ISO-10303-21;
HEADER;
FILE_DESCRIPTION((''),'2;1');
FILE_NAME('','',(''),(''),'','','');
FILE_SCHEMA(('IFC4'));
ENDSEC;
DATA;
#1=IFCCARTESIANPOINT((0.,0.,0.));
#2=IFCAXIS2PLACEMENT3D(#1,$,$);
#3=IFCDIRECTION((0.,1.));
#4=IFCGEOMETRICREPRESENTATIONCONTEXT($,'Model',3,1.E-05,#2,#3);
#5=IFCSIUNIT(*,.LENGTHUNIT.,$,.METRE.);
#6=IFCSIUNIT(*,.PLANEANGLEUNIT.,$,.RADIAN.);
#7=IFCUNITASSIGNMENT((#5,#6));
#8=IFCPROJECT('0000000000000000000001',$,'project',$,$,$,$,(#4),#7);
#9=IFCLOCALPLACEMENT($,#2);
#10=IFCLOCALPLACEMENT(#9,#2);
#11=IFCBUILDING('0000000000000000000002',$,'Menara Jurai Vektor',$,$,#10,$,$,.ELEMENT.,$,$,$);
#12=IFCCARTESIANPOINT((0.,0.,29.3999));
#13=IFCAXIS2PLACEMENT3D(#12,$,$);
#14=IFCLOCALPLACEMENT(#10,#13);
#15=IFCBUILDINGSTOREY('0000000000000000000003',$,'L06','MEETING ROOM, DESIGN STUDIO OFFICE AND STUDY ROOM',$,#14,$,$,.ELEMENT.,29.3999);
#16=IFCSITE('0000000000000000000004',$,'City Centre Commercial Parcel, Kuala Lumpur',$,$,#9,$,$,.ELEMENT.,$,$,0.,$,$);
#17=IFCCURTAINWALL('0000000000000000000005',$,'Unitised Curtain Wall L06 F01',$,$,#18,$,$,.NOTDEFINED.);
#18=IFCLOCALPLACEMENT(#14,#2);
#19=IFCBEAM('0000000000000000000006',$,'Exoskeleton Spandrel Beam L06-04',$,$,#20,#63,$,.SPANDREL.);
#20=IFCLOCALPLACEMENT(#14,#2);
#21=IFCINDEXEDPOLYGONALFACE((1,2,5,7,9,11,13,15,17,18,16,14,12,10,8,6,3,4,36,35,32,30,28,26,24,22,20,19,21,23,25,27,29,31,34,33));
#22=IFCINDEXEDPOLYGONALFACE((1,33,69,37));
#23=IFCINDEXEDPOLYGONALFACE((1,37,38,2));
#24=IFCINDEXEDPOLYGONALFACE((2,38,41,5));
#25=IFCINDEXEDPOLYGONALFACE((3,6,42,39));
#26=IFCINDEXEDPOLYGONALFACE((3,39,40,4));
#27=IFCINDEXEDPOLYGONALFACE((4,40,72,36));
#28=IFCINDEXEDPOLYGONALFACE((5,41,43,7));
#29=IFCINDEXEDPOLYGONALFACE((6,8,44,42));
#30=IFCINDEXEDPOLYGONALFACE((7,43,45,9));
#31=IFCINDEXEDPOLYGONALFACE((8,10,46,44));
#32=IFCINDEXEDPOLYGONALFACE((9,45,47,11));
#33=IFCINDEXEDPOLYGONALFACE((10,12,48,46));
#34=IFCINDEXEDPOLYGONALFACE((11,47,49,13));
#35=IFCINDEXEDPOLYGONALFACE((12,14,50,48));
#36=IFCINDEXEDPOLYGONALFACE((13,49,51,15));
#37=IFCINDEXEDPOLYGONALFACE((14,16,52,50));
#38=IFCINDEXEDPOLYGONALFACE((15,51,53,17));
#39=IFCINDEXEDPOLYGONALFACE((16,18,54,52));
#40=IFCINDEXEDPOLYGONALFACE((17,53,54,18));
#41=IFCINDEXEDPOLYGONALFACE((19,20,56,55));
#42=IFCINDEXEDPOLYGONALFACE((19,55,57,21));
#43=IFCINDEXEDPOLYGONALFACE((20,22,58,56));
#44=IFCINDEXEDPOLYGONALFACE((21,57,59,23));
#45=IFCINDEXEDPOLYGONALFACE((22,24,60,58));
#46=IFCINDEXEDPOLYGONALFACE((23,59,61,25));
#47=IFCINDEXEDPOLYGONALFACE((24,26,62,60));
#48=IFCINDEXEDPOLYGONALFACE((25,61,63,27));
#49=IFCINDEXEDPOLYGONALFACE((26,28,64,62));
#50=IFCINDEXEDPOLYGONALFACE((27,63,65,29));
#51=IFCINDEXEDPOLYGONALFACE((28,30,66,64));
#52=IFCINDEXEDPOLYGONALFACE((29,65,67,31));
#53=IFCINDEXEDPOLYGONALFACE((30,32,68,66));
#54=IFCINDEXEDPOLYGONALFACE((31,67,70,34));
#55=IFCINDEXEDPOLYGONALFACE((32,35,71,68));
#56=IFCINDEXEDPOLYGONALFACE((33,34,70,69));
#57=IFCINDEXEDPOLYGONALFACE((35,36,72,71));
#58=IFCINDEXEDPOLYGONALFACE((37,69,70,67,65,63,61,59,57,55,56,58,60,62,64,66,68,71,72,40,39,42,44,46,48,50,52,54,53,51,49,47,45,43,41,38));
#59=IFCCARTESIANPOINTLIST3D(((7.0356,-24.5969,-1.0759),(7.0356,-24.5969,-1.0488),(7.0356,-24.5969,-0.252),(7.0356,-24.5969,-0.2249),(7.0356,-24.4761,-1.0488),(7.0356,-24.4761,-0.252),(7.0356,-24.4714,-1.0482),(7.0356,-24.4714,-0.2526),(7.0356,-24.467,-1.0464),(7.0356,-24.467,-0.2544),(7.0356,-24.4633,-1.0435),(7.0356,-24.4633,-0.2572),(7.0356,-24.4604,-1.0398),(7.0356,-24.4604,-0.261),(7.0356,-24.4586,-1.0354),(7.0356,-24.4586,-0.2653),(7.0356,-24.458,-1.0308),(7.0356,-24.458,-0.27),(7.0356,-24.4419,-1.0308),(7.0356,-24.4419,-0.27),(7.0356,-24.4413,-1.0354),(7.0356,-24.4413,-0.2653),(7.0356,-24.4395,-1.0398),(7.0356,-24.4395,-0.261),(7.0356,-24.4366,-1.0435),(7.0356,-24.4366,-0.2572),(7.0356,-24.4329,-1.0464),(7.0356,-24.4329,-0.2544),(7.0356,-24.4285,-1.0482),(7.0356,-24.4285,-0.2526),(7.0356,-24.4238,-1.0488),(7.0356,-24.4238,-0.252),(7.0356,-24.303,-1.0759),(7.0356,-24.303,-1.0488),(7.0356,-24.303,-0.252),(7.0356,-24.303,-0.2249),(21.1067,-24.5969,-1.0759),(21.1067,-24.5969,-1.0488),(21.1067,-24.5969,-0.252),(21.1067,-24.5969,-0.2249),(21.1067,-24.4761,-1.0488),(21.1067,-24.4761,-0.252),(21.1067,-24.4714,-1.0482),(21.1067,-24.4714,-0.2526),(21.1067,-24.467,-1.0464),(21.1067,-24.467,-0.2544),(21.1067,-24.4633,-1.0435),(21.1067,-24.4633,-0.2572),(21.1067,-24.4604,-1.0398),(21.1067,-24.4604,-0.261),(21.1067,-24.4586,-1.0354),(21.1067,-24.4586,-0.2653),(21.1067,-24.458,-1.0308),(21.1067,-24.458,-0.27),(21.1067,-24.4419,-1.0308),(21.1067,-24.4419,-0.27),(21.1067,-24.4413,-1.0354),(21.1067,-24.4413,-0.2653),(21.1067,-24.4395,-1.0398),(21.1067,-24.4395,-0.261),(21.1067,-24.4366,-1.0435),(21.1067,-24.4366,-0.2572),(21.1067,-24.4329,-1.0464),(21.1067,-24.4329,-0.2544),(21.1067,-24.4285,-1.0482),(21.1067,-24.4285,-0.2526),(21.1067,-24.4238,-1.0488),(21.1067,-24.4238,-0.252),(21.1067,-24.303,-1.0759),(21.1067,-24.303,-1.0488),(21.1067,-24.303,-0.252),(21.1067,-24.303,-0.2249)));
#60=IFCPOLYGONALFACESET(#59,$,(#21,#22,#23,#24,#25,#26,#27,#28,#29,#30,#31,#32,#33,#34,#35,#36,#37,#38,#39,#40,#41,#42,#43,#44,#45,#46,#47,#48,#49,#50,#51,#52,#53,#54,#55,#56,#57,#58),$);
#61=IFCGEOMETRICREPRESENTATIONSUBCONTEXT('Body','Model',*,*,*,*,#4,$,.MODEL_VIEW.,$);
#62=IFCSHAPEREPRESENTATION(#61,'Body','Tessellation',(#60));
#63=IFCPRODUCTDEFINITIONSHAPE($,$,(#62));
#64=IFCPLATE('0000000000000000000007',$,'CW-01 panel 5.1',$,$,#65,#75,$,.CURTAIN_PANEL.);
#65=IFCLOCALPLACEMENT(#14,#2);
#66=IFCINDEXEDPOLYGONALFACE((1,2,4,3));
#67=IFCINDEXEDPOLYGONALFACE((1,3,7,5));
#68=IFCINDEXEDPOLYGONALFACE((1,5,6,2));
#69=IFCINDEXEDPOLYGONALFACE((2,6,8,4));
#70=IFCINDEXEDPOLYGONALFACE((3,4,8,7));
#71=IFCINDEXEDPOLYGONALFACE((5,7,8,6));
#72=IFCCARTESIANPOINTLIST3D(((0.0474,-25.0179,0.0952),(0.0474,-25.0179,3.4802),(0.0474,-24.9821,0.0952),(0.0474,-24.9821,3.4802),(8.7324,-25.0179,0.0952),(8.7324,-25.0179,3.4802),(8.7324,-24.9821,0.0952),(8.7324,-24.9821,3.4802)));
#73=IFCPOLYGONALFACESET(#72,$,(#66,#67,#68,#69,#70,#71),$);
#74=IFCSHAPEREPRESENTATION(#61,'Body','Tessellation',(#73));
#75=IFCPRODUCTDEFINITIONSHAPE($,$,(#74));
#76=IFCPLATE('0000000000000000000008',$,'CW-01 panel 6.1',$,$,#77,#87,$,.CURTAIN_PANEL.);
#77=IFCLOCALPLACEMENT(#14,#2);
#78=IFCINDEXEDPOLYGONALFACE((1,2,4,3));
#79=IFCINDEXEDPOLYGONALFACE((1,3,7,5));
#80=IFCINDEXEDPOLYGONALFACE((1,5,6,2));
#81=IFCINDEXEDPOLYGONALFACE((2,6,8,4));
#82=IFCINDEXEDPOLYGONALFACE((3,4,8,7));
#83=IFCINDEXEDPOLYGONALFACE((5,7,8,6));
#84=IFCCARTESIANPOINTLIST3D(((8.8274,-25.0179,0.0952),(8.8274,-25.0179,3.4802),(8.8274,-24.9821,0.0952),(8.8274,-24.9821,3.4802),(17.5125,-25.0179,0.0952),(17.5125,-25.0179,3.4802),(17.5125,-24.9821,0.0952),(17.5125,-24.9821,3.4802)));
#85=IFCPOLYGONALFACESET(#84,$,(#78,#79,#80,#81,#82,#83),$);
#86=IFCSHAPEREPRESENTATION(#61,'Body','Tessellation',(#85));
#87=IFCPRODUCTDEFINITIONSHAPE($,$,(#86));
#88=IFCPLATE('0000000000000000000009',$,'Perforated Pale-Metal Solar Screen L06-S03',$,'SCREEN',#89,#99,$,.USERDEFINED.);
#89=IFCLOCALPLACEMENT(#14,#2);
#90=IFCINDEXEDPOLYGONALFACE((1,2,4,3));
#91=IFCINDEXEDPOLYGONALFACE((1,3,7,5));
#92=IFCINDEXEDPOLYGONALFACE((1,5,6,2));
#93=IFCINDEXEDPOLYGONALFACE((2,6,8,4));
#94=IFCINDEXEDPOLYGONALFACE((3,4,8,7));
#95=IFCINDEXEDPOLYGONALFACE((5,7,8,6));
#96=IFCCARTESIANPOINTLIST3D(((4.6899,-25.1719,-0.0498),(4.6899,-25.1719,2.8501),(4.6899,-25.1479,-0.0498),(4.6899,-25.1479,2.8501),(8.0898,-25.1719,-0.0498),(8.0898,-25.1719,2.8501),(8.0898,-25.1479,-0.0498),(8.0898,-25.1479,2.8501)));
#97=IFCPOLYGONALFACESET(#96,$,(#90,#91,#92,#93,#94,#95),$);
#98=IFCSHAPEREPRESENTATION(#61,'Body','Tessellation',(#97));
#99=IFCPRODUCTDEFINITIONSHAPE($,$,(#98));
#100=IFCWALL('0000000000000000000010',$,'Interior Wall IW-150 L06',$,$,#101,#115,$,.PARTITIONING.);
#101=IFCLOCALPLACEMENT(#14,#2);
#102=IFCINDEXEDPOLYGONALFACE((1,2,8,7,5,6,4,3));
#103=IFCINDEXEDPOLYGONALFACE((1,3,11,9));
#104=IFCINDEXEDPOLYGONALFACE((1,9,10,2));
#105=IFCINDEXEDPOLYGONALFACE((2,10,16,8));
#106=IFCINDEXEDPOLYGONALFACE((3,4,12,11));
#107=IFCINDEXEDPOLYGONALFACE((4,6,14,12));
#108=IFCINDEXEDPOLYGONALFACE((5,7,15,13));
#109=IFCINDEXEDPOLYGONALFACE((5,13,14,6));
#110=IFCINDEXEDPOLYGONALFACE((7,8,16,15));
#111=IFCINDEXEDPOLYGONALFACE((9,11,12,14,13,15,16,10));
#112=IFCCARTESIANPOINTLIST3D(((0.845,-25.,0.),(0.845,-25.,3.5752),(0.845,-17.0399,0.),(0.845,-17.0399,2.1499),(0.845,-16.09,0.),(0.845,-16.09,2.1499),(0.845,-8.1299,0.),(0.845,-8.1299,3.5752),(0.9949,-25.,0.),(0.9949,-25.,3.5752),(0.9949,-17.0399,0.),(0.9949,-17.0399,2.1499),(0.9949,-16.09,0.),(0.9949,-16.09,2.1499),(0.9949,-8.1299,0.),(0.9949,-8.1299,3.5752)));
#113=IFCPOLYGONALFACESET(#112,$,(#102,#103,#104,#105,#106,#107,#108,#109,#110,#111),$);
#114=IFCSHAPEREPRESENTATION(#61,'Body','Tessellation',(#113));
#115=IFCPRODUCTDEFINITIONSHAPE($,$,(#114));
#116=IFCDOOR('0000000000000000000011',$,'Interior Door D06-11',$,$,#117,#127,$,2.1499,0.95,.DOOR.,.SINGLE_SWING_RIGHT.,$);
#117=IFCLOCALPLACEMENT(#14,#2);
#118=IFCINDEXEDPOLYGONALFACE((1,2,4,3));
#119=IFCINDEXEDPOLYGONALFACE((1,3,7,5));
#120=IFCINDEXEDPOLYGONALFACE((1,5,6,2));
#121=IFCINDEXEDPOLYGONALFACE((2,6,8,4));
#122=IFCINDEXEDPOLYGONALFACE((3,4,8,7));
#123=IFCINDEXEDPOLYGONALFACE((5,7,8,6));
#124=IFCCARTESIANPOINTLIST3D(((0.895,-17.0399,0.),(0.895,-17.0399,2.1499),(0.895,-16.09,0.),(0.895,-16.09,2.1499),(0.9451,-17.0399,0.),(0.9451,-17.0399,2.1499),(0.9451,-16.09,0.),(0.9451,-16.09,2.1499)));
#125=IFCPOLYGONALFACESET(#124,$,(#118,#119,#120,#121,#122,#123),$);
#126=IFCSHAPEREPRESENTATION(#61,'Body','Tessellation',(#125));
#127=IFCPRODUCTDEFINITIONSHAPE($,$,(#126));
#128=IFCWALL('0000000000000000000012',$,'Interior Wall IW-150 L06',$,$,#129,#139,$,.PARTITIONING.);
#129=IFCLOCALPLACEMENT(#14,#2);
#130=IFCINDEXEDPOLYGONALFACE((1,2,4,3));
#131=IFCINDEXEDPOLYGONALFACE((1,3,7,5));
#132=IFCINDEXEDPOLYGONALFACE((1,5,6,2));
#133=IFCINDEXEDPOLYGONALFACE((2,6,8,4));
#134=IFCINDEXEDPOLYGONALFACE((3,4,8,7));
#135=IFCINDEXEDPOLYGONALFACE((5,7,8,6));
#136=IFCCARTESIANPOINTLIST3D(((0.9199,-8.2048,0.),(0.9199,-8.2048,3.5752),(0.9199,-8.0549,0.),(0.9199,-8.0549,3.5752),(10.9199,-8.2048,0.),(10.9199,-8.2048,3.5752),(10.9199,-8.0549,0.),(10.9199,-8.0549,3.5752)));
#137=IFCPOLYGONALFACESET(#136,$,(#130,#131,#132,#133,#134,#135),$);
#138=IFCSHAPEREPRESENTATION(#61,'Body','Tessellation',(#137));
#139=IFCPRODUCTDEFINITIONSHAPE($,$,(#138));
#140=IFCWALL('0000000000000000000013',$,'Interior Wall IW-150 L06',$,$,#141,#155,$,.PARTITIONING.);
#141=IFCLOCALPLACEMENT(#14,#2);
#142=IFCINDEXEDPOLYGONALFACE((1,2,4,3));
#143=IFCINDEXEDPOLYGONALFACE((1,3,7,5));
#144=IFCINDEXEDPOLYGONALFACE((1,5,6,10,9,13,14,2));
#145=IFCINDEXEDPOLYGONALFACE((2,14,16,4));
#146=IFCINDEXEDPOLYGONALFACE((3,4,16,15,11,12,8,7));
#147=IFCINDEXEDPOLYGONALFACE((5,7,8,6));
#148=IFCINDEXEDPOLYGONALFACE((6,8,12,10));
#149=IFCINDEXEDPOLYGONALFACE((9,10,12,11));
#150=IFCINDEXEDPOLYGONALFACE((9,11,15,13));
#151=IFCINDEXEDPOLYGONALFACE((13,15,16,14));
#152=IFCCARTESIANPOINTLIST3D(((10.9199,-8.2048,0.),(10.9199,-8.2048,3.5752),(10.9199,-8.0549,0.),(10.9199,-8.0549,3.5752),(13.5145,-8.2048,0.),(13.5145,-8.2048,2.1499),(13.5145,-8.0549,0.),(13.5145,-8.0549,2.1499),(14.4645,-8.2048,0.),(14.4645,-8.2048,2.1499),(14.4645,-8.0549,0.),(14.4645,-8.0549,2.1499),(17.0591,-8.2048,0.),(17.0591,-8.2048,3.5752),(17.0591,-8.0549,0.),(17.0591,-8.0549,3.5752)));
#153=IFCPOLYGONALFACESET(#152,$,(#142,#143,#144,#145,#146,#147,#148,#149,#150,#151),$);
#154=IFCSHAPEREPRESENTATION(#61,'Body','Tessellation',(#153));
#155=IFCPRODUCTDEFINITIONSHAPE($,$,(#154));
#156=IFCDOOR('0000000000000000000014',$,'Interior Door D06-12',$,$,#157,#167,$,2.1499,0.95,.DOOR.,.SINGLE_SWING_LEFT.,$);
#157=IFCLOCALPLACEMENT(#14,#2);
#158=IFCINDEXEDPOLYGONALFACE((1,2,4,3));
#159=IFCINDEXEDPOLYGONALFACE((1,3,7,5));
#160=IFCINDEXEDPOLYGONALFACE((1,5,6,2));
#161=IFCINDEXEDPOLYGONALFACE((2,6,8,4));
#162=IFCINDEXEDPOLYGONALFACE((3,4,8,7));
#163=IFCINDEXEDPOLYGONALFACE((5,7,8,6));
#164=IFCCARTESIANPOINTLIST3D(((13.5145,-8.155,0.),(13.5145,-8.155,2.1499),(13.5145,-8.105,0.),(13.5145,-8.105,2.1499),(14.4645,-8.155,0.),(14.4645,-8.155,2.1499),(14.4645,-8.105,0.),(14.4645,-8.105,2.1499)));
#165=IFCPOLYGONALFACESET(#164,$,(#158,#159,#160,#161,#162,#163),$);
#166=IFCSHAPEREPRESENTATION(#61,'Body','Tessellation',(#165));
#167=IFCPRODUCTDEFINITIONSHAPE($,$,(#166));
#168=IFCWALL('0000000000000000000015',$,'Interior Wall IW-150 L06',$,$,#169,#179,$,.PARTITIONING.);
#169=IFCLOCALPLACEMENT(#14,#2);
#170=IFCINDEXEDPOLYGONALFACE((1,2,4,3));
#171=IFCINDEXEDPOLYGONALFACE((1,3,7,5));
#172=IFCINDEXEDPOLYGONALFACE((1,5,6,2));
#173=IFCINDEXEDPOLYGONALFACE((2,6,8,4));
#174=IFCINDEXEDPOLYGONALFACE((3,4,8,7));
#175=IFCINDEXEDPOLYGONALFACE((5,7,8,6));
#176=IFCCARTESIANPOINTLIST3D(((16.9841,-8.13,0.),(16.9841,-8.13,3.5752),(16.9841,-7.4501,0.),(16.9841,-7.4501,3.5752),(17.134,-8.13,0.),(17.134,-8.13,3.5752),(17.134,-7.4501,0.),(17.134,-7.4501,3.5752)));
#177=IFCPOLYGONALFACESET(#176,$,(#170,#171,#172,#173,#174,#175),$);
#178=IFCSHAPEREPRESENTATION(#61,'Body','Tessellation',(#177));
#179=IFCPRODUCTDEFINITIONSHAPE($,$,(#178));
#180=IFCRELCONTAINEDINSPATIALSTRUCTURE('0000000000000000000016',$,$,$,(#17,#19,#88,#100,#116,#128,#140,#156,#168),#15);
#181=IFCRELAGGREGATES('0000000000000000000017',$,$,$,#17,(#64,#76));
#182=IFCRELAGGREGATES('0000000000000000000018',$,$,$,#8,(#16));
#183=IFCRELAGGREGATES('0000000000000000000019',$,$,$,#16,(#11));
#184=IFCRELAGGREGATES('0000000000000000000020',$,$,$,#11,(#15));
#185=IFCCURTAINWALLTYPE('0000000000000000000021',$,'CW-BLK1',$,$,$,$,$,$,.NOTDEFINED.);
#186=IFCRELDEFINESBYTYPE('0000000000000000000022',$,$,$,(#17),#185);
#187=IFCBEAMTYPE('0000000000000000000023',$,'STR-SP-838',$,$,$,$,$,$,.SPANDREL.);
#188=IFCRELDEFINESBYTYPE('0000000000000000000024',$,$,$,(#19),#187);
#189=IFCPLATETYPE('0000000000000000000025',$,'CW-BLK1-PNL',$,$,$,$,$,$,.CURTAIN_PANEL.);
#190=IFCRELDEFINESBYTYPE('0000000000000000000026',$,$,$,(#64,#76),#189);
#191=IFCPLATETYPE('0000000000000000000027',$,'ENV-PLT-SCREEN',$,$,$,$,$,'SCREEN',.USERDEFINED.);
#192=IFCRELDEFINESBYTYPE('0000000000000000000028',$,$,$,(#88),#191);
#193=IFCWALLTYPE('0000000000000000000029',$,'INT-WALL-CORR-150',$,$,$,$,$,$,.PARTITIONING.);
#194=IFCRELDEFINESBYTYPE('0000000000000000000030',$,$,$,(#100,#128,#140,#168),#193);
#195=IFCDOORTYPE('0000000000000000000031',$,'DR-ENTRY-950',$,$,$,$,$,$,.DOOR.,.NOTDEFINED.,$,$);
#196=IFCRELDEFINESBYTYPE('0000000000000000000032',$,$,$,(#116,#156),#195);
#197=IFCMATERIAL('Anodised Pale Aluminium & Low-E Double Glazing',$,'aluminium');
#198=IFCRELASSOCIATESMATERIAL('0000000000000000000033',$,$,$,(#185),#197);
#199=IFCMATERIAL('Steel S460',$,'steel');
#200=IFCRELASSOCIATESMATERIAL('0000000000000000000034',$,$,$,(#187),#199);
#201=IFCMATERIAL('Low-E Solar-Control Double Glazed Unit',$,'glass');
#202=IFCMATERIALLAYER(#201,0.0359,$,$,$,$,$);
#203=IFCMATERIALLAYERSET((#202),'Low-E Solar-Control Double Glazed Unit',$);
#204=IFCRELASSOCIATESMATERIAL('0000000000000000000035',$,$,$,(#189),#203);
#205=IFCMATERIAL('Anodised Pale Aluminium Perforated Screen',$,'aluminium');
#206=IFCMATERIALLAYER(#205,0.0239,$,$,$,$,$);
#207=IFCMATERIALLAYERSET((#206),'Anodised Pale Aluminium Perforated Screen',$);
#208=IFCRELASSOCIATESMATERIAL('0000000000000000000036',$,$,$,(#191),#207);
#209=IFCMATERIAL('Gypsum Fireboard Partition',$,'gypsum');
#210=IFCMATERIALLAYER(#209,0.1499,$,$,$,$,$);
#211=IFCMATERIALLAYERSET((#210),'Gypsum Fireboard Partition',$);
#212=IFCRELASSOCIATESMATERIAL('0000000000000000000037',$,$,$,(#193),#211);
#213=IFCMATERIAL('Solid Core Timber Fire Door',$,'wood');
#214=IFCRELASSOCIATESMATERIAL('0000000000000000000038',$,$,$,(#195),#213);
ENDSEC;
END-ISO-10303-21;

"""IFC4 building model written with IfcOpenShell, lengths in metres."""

from ifc_helpers import new_model, si_unit, direction, frame, frame_2d, origin, origin_2d, place, context, subcontext, project, spatial, rectangle, i_section, extrude, material, layer, layer_set, material_profile, profile_set, type_object, element, fill, aggregate, save


model = new_model("IFC4")

# Units and contexts
model_context = context("Model", 3, precision=1e-05, world=origin(), true_north=direction((0.0, 1.0)))
body_context = subcontext(model_context, "Body", "Model", "MODEL_VIEW")
ifc_project = project(units=[si_unit("LENGTHUNIT", "METRE"), si_unit("PLANEANGLEUNIT", "RADIAN")], contexts=[model_context])

# Site, building, storey
site_placement = place(None, origin())
site = spatial("IfcSite", under=ifc_project, at=site_placement, Name="City Centre Commercial Parcel, Kuala Lumpur", CompositionType="ELEMENT", RefElevation=0.0)
building_placement = place(site_placement, origin())
building = spatial("IfcBuilding", under=site, at=building_placement, Name="Menara Jurai Vektor", CompositionType="ELEMENT")
storey_placement = place(building_placement, frame((0.0, 0.0, 29.3999)))
storey = spatial("IfcBuildingStorey", under=building, at=storey_placement, Name="L06", Description="MEETING ROOM, DESIGN STUDIO OFFICE AND STUDY ROOM", CompositionType="ELEMENT", Elevation=29.3999)

# Shared definitions
ifc_material_1 = material(Name="Steel S460", Category="steel")

# Curtain wall
ifc_material_2 = material(Name="Anodised Pale Aluminium & Low-E Double Glazing", Category="aluminium")
curtain_wall_type = type_object("IfcCurtainWallType", Name="CW-BLK1", PredefinedType="NOTDEFINED", material=ifc_material_2)
curtain_wall_placement = place(storey_placement, origin())
curtain_wall = element("IfcCurtainWall", 1, at=curtain_wall_placement, inside=storey, type_object=curtain_wall_type, Name="Unitised Curtain Wall L06 F01", PredefinedType="NOTDEFINED")

# Beam
ifc_material_profile_1 = material_profile(ifc_material_1, i_section(OverallWidth=0.2939, OverallDepth=0.8511, WebThickness=0.0161, FlangeThickness=0.0271, FilletRadius=0.0181, at=origin_2d()), Name="UKB 838x292x226")
ifc_profile_set_1 = profile_set([ifc_material_profile_1], Name="Steel S460")
beam_type_1 = type_object("IfcBeamType", Name="STR-SP-838", PredefinedType="SPANDREL", material=ifc_profile_set_1)
beam_1_placement = place(storey_placement, frame((7.0356, -24.45, -0.6504), z_axis=(1.0, 0.0, 0.0), x_axis=(0.0, 1.0, 0.0)))
element("IfcBeam", 2, at=beam_1_placement, inside=storey, type_object=beam_type_1, Name="Exoskeleton Spandrel Beam L06-04", PredefinedType="SPANDREL", context=body_context, shape_type="SweptSolid", body=[
    extrude(i_section(OverallWidth=0.2939, OverallDepth=0.8511, WebThickness=0.0161, FlangeThickness=0.0271, FilletRadius=0.0181, at=origin_2d()), origin(), (0.0, 0.0, 1.0), 14.071),
])

# Plates
ifc_material_3 = material(Name="Low-E Solar-Control Double Glazed Unit", Category="glass")
ifc_layer_1 = layer(ifc_material_3, 0.0359)
ifc_layer_set_1 = layer_set([ifc_layer_1], Name="Low-E Solar-Control Double Glazed Unit")
plate_type_1 = type_object("IfcPlateType", Name="CW-BLK1-PNL", PredefinedType="CURTAIN_PANEL", material=ifc_layer_set_1)
plate_1_placement = place(storey_placement, frame((4.3899, -25.0, 0.0952), z_axis=(0.0, 0.0, 1.0), x_axis=(1.0, 0.0, 0.0)))
plate_1 = element("IfcPlate", 3, at=plate_1_placement, type_object=plate_type_1, Name="CW-01 panel 5.1", PredefinedType="CURTAIN_PANEL", context=body_context, shape_type="SweptSolid", body=[
    extrude(rectangle(XDim=8.6851, YDim=0.0359, at=origin_2d()), origin(), (0.0, 0.0, 1.0), 3.385),
])
plate_2_placement = place(storey_placement, frame((13.1699, -25.0, 0.0952), z_axis=(0.0, 0.0, 1.0), x_axis=(1.0, 0.0, 0.0)))
plate_2 = element("IfcPlate", 4, at=plate_2_placement, type_object=plate_type_1, Name="CW-01 panel 6.1", PredefinedType="CURTAIN_PANEL", context=body_context, shape_type="SweptSolid", body=[
    extrude(rectangle(XDim=8.6851, YDim=0.0359, at=origin_2d()), origin(), (0.0, 0.0, 1.0), 3.385),
])
aggregate(curtain_wall, [plate_1, plate_2])
ifc_material_4 = material(Name="Anodised Pale Aluminium Perforated Screen", Category="aluminium")
ifc_layer_2 = layer(ifc_material_4, 0.0239)
ifc_layer_set_2 = layer_set([ifc_layer_2], Name="Anodised Pale Aluminium Perforated Screen")
plate_type_2 = type_object("IfcPlateType", Name="ENV-PLT-SCREEN", ElementType="SCREEN", PredefinedType="USERDEFINED", material=ifc_layer_set_2)
plate_3_placement = place(storey_placement, frame((6.3899, -25.1599, -0.0498), z_axis=(0.0, 0.0, 1.0), x_axis=(1.0, 0.0, 0.0)))
element("IfcPlate", 5, at=plate_3_placement, inside=storey, type_object=plate_type_2, Name="Perforated Pale-Metal Solar Screen L06-S03", ObjectType="SCREEN", PredefinedType="USERDEFINED", context=body_context, shape_type="SweptSolid", body=[
    extrude(rectangle(XDim=3.3999, YDim=0.0239, at=origin_2d()), origin(), (0.0, 0.0, 1.0), 2.8999),
])

# Wall, opening, door
ifc_material_5 = material(Name="Gypsum Fireboard Partition", Category="gypsum")
ifc_layer_3 = layer(ifc_material_5, 0.1499)
ifc_layer_set_3 = layer_set([ifc_layer_3], Name="Gypsum Fireboard Partition")
wall_type = type_object("IfcWallType", Name="INT-WALL-CORR-150", PredefinedType="PARTITIONING", material=ifc_layer_set_3)
wall_1_placement = place(storey_placement, frame((0.9199, -25.0, 0.0), z_axis=(0.0, 0.0, 1.0), x_axis=(0.0, 1.0, 0.0)))
wall_1 = element("IfcWall", 6, at=wall_1_placement, inside=storey, type_object=wall_type, Name="Interior Wall IW-150 L06", PredefinedType="PARTITIONING", context=body_context, shape_type="SweptSolid", body=[
    extrude(rectangle(XDim=16.8701, YDim=0.1499, at=frame_2d((8.4351, 0.0))), origin(), (0.0, 0.0, 1.0), 3.5752),
])
opening_1_placement = place(wall_1_placement, frame((7.96, 0.0, 0.0)))
opening_1 = element("IfcOpeningElement", 7, at=opening_1_placement, cuts=wall_1, PredefinedType="OPENING", context=body_context, shape_type="SweptSolid", body=[
    extrude(rectangle(XDim=0.95, YDim=2.1499, at=frame_2d((0.4751, 1.075))), frame((0.0, 0.085, 0.0), z_axis=(0.0, -1.0, 0.0), x_axis=(1.0, 0.0, 0.0)), (0.0, 0.0, 1.0), 0.1699),
])
ifc_material_6 = material(Name="Solid Core Timber Fire Door", Category="wood")
door_type = type_object("IfcDoorType", Name="DR-ENTRY-950", OperationType="NOTDEFINED", PredefinedType="DOOR", material=ifc_material_6)
door_1_placement = place(opening_1_placement, origin())
door_1 = element("IfcDoor", 8, at=door_1_placement, inside=storey, type_object=door_type, Name="Interior Door D06-11", OperationType="SINGLE_SWING_RIGHT", OverallHeight=2.1499, OverallWidth=0.95, PredefinedType="DOOR", context=body_context, shape_type="SweptSolid", body=[
    extrude(rectangle(XDim=0.95, YDim=2.1499, at=frame_2d((0.4751, 1.075))), frame((0.0, 0.0249, 0.0), z_axis=(0.0, -1.0, 0.0), x_axis=(1.0, 0.0, 0.0)), (0.0, 0.0, 1.0), 0.05),
])
fill(opening_1, door_1)

# Wall
wall_2_placement = place(storey_placement, frame((0.9199, -8.1299, 0.0), z_axis=(0.0, 0.0, 1.0), x_axis=(1.0, 0.0, 0.0)))
element("IfcWall", 9, at=wall_2_placement, inside=storey, type_object=wall_type, Name="Interior Wall IW-150 L06", PredefinedType="PARTITIONING", context=body_context, shape_type="SweptSolid", body=[
    extrude(rectangle(XDim=10.0, YDim=0.1499, at=frame_2d((5.0, 0.0))), origin(), (0.0, 0.0, 1.0), 3.5752),
])

# Wall, opening, door
wall_3_placement = place(storey_placement, frame((10.9199, -8.1299, 0.0), z_axis=(0.0, 0.0, 1.0), x_axis=(1.0, 0.0, 0.0)))
wall_3 = element("IfcWall", 10, at=wall_3_placement, inside=storey, type_object=wall_type, Name="Interior Wall IW-150 L06", PredefinedType="PARTITIONING", context=body_context, shape_type="SweptSolid", body=[
    extrude(rectangle(XDim=6.1392, YDim=0.1499, at=frame_2d((3.0696, 0.0))), origin(), (0.0, 0.0, 1.0), 3.5752),
])
opening_2_placement = place(wall_3_placement, frame((2.5945, 0.0, 0.0)))
opening_2 = element("IfcOpeningElement", 11, at=opening_2_placement, cuts=wall_3, PredefinedType="OPENING", context=body_context, shape_type="SweptSolid", body=[
    extrude(rectangle(XDim=0.95, YDim=2.1499, at=frame_2d((0.4751, 1.075))), frame((0.0, 0.085, 0.0), z_axis=(0.0, -1.0, 0.0), x_axis=(1.0, 0.0, 0.0)), (0.0, 0.0, 1.0), 0.1699),
])
door_2_placement = place(opening_2_placement, origin())
door_2 = element("IfcDoor", 12, at=door_2_placement, inside=storey, type_object=door_type, Name="Interior Door D06-12", OperationType="SINGLE_SWING_LEFT", OverallHeight=2.1499, OverallWidth=0.95, PredefinedType="DOOR", context=body_context, shape_type="SweptSolid", body=[
    extrude(rectangle(XDim=0.95, YDim=2.1499, at=frame_2d((0.4751, 1.075))), frame((0.0, 0.0249, 0.0), z_axis=(0.0, -1.0, 0.0), x_axis=(1.0, 0.0, 0.0)), (0.0, 0.0, 1.0), 0.05),
])
fill(opening_2, door_2)

# Wall
wall_4_placement = place(storey_placement, frame((17.0591, -8.1299, 0.0), z_axis=(0.0, 0.0, 1.0), x_axis=(0.0, 1.0, 0.0)))
element("IfcWall", 13, at=wall_4_placement, inside=storey, type_object=wall_type, Name="Interior Wall IW-150 L06", PredefinedType="PARTITIONING", context=body_context, shape_type="SweptSolid", body=[
    extrude(rectangle(XDim=0.6799, YDim=0.1499, at=frame_2d((0.3398, 0.0))), origin(), (0.0, 0.0, 1.0), 3.5752),
])

save(model, "model.ifc")
